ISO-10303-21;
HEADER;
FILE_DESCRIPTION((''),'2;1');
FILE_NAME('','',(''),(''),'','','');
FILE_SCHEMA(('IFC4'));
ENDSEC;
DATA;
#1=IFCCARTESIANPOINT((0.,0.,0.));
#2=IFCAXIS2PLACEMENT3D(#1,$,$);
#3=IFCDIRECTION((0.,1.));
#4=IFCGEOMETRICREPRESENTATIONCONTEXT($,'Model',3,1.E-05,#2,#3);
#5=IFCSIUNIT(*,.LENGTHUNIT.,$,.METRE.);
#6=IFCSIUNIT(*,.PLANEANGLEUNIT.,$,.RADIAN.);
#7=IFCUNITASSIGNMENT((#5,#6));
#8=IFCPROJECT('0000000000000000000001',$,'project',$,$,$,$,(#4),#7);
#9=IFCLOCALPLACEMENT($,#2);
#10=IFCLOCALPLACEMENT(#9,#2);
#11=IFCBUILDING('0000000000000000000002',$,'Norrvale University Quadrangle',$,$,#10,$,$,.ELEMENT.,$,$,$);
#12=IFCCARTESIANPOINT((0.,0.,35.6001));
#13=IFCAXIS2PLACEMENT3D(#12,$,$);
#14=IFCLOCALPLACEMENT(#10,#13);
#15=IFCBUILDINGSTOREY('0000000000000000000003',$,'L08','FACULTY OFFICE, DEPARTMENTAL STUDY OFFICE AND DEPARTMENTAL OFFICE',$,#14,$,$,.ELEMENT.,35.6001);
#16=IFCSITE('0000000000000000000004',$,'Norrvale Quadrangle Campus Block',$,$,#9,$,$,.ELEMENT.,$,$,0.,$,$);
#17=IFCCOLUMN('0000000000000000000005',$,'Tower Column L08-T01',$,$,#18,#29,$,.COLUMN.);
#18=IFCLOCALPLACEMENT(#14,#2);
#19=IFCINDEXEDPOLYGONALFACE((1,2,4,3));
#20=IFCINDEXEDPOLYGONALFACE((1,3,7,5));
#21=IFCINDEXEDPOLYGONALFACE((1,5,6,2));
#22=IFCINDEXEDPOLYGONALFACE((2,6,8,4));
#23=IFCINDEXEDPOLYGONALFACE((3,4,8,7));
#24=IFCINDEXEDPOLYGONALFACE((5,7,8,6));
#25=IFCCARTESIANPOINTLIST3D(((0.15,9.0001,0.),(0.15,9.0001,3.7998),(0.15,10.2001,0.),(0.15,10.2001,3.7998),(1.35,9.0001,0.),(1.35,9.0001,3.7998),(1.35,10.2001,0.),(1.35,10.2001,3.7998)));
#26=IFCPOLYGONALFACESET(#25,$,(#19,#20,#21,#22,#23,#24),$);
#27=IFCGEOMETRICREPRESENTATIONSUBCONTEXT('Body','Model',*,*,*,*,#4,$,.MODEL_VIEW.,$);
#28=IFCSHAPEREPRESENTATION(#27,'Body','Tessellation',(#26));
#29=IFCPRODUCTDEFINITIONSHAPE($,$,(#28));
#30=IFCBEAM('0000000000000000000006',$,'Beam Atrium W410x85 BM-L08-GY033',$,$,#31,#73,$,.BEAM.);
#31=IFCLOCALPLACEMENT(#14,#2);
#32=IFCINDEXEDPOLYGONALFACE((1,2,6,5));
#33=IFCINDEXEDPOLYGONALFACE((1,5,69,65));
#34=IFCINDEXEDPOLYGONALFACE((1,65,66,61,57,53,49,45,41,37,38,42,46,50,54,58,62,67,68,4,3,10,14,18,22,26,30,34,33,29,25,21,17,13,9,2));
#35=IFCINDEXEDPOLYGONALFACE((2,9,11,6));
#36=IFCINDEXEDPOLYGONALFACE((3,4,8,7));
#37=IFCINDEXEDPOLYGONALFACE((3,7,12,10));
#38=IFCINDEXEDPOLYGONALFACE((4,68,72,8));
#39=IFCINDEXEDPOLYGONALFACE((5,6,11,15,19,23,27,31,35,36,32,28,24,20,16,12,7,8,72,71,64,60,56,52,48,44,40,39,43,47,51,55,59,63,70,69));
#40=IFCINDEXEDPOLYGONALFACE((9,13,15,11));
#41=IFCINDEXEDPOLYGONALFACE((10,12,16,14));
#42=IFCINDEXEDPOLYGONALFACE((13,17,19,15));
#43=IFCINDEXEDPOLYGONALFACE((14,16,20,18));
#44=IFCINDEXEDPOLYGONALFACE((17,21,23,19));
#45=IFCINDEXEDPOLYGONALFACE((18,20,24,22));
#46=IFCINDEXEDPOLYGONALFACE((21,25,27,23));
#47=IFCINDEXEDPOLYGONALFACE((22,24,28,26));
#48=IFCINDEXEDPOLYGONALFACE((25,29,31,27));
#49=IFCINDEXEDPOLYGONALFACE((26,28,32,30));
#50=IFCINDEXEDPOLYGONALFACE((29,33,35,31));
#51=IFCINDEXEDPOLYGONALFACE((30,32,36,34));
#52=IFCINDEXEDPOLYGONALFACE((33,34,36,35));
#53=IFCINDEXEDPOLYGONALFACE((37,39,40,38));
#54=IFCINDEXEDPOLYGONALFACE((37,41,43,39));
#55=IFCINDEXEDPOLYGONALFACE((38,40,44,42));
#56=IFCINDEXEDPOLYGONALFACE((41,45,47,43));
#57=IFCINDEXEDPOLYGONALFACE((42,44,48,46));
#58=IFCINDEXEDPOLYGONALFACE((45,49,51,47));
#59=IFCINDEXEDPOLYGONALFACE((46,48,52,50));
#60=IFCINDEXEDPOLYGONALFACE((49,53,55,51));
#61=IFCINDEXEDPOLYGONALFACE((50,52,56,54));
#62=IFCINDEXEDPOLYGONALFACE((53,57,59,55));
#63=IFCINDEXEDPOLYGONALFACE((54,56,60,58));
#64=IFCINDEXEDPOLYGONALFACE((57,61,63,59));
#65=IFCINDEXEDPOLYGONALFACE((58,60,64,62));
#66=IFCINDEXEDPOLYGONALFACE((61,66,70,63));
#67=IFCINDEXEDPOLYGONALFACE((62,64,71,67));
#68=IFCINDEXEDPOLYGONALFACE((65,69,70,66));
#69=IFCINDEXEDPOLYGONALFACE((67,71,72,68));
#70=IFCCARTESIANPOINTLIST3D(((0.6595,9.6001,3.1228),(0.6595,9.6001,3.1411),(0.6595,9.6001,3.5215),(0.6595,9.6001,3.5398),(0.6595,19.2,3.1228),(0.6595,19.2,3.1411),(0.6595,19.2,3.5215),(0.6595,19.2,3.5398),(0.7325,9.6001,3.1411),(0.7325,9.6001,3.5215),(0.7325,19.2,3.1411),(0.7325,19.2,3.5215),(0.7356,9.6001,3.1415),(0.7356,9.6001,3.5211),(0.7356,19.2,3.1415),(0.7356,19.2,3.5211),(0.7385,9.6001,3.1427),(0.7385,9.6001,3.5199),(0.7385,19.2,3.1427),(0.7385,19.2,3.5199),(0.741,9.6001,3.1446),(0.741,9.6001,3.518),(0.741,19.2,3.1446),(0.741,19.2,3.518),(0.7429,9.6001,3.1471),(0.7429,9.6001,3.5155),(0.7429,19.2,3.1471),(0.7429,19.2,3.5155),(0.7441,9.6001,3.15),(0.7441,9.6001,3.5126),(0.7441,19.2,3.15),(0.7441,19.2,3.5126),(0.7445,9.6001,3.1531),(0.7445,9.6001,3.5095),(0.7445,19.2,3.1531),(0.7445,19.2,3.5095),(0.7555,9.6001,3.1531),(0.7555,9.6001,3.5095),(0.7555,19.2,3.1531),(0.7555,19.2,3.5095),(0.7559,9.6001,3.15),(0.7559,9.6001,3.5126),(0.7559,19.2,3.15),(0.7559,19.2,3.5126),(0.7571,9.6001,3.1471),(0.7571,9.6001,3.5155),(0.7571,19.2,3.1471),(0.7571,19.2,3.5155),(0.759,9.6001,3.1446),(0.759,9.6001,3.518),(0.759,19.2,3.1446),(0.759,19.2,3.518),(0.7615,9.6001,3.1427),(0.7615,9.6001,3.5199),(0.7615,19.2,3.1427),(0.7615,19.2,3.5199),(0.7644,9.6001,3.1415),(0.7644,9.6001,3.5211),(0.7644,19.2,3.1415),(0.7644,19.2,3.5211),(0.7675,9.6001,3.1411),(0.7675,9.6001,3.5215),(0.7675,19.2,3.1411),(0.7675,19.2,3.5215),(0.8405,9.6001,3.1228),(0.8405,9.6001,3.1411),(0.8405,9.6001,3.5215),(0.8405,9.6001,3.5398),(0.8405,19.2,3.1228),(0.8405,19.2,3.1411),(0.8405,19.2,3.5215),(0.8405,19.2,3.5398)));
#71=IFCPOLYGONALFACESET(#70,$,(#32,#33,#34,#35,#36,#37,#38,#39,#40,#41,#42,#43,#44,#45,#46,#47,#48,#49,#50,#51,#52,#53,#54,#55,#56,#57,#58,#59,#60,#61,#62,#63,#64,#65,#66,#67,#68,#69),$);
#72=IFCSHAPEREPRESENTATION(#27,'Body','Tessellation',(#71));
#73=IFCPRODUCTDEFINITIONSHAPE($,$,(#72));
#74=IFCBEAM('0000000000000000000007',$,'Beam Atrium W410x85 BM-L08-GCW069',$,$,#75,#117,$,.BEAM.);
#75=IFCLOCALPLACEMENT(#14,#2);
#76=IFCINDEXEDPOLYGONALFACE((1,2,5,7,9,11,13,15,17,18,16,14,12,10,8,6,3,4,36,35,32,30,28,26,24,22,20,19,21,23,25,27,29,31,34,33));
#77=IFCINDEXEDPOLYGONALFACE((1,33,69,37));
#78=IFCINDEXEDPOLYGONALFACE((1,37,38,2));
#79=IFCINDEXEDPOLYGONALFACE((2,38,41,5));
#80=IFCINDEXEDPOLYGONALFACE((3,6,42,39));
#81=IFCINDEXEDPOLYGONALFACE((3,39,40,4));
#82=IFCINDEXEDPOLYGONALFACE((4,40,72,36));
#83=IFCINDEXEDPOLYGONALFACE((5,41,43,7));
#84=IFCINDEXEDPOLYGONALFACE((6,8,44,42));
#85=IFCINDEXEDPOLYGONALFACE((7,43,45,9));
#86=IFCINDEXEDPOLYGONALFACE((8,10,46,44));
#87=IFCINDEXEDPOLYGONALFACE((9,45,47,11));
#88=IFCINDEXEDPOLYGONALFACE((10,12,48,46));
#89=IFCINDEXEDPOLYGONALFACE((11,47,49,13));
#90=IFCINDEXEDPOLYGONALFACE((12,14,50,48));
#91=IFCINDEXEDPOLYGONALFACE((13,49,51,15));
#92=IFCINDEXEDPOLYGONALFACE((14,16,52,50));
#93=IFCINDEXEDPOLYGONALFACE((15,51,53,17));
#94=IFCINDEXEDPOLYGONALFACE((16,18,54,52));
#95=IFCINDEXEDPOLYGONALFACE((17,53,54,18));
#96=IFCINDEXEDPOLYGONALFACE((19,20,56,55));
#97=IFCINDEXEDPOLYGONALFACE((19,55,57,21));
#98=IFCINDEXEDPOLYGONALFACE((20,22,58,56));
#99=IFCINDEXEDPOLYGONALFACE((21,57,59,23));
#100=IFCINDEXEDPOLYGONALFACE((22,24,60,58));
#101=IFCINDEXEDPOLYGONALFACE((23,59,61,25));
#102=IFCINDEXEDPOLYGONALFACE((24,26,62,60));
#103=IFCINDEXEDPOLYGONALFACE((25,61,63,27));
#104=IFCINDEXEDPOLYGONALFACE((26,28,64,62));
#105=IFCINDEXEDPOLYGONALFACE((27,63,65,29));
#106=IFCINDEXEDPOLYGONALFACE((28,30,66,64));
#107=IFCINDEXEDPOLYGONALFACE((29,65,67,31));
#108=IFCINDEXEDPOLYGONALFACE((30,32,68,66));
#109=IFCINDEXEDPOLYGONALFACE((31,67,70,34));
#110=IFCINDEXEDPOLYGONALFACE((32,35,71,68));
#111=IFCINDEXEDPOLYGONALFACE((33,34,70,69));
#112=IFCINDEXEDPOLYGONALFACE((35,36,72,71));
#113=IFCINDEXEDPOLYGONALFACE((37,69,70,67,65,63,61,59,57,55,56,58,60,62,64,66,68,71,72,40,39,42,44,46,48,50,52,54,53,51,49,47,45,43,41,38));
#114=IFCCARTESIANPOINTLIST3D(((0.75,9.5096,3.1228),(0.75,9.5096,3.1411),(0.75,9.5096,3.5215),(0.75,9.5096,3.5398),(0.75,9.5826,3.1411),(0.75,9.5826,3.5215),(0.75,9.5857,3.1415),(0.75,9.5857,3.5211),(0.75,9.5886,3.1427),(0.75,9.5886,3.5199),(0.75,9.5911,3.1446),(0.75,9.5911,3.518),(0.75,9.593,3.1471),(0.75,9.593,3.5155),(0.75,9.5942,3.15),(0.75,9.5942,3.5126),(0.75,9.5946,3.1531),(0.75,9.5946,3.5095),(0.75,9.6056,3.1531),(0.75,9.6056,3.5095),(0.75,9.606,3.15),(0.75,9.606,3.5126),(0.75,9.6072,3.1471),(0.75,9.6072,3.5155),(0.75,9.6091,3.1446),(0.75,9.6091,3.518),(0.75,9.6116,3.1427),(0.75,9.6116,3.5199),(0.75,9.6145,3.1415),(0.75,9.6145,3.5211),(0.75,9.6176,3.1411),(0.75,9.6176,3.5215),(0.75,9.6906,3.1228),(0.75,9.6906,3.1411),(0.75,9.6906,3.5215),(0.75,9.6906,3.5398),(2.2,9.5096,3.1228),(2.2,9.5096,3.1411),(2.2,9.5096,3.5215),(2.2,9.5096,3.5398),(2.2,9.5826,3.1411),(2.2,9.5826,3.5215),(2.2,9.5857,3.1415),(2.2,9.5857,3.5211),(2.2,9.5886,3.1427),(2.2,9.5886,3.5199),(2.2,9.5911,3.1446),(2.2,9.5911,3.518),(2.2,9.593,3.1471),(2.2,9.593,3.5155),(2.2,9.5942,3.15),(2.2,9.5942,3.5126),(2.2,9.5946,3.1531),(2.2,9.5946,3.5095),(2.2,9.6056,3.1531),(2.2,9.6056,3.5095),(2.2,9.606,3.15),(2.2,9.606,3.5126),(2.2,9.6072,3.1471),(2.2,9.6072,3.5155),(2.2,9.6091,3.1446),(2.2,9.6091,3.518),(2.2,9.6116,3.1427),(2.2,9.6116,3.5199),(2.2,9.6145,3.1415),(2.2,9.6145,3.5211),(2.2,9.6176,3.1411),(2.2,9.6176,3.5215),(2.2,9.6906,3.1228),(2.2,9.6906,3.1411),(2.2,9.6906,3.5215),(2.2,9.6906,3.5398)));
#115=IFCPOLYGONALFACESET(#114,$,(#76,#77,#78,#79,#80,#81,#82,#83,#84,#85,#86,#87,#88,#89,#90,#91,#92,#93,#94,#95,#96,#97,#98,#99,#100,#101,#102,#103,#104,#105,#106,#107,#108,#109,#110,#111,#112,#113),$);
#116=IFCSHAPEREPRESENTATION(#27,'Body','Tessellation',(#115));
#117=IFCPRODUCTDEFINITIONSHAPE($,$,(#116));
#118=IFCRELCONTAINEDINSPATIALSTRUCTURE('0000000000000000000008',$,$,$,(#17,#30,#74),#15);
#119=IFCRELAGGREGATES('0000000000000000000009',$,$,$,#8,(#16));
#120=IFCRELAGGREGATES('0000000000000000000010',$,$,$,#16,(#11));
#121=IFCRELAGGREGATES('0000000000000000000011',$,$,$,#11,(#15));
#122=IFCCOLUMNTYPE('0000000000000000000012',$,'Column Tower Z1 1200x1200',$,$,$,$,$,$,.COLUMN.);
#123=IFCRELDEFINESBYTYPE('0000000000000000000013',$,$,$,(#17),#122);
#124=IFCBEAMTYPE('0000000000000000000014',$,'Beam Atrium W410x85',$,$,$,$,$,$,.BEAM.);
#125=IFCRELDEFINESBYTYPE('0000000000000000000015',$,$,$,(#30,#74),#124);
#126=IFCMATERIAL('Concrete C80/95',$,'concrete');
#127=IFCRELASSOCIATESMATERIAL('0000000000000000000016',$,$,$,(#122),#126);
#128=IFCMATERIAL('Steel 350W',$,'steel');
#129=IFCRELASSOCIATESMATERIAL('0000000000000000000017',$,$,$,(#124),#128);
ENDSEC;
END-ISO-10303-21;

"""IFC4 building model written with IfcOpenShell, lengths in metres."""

from ifc_helpers import new_model, si_unit, direction, frame, origin, origin_2d, place, context, subcontext, project, spatial, rectangle, i_section, extrude, material, material_profile, profile_set, type_object, element, save


model = new_model("IFC4")

# Units and contexts
model_context = context("Model", 3, precision=1e-05, world=origin(), true_north=direction((0.0, 1.0)))
body_context = subcontext(model_context, "Body", "Model", "MODEL_VIEW")
ifc_project = project(units=[si_unit("LENGTHUNIT", "METRE"), si_unit("PLANEANGLEUNIT", "RADIAN")], contexts=[model_context])

# Site, building, storey
site_placement = place(None, origin())
site = spatial("IfcSite", under=ifc_project, at=site_placement, Name="Norrvale Quadrangle Campus Block", CompositionType="ELEMENT", RefElevation=0.0)
building_placement = place(site_placement, origin())
building = spatial("IfcBuilding", under=site, at=building_placement, Name="Norrvale University Quadrangle", CompositionType="ELEMENT")
storey_placement = place(building_placement, frame((0.0, 0.0, 35.6001)))
storey = spatial("IfcBuildingStorey", under=building, at=storey_placement, Name="L08", Description="FACULTY OFFICE, DEPARTMENTAL STUDY OFFICE AND DEPARTMENTAL OFFICE", CompositionType="ELEMENT", Elevation=35.6001)

# Column
ifc_material_1 = material(Name="Concrete C80/95", Category="concrete")
ifc_material_profile_1 = material_profile(ifc_material_1, rectangle(XDim=1.2, YDim=1.2, at=origin_2d()), Name="Concrete C80/95")
ifc_profile_set_1 = profile_set([ifc_material_profile_1], Name="Concrete C80/95")
column_type = type_object("IfcColumnType", Name="Column Tower Z1 1200x1200", PredefinedType="COLUMN", material=ifc_profile_set_1)
column_placement = place(storey_placement, frame((0.75, 9.6001, 0.0), z_axis=(0.0, 0.0, 1.0), x_axis=(1.0, 0.0, 0.0)))
element("IfcColumn", 1, at=column_placement, inside=storey, type_object=column_type, Name="Tower Column L08-T01", PredefinedType="COLUMN", context=body_context, shape_type="SweptSolid", body=[
    extrude(rectangle(XDim=1.2, YDim=1.2, at=origin_2d()), origin(), (0.0, 0.0, 1.0), 3.7998),
])

# Beams
ifc_material_2 = material(Name="Steel 350W", Category="steel")
ifc_material_profile_2 = material_profile(ifc_material_2, i_section(OverallWidth=0.1809, OverallDepth=0.417, WebThickness=0.011, FlangeThickness=0.0183, FilletRadius=0.012, at=origin_2d()), Name="Steel 350W")
ifc_profile_set_2 = profile_set([ifc_material_profile_2], Name="Steel 350W")
beam_type = type_object("IfcBeamType", Name="Beam Atrium W410x85", PredefinedType="BEAM", material=ifc_profile_set_2)
beam_1_placement = place(storey_placement, frame((0.75, 9.6001, 3.3313), z_axis=(0.0, 1.0, 0.0), x_axis=(-1.0, 0.0, 0.0)))
element("IfcBeam", 2, at=beam_1_placement, inside=storey, type_object=beam_type, Name="Beam Atrium W410x85 BM-L08-GY033", PredefinedType="BEAM", context=body_context, shape_type="SweptSolid", body=[
    extrude(i_section(OverallWidth=0.1809, OverallDepth=0.417, WebThickness=0.011, FlangeThickness=0.0183, FilletRadius=0.012, at=origin_2d()), origin(), (0.0, 0.0, 1.0), 9.5999),
])
beam_2_placement = place(storey_placement, frame((0.75, 9.6001, 3.3313), z_axis=(1.0, 0.0, 0.0), x_axis=(0.0, 1.0, 0.0)))
element("IfcBeam", 3, at=beam_2_placement, inside=storey, type_object=beam_type, Name="Beam Atrium W410x85 BM-L08-GCW069", PredefinedType="BEAM", context=body_context, shape_type="SweptSolid", body=[
    extrude(i_section(OverallWidth=0.1809, OverallDepth=0.417, WebThickness=0.011, FlangeThickness=0.0183, FilletRadius=0.012, at=origin_2d()), origin(), (0.0, 0.0, 1.0), 1.45),
])

save(model, "model.ifc")
